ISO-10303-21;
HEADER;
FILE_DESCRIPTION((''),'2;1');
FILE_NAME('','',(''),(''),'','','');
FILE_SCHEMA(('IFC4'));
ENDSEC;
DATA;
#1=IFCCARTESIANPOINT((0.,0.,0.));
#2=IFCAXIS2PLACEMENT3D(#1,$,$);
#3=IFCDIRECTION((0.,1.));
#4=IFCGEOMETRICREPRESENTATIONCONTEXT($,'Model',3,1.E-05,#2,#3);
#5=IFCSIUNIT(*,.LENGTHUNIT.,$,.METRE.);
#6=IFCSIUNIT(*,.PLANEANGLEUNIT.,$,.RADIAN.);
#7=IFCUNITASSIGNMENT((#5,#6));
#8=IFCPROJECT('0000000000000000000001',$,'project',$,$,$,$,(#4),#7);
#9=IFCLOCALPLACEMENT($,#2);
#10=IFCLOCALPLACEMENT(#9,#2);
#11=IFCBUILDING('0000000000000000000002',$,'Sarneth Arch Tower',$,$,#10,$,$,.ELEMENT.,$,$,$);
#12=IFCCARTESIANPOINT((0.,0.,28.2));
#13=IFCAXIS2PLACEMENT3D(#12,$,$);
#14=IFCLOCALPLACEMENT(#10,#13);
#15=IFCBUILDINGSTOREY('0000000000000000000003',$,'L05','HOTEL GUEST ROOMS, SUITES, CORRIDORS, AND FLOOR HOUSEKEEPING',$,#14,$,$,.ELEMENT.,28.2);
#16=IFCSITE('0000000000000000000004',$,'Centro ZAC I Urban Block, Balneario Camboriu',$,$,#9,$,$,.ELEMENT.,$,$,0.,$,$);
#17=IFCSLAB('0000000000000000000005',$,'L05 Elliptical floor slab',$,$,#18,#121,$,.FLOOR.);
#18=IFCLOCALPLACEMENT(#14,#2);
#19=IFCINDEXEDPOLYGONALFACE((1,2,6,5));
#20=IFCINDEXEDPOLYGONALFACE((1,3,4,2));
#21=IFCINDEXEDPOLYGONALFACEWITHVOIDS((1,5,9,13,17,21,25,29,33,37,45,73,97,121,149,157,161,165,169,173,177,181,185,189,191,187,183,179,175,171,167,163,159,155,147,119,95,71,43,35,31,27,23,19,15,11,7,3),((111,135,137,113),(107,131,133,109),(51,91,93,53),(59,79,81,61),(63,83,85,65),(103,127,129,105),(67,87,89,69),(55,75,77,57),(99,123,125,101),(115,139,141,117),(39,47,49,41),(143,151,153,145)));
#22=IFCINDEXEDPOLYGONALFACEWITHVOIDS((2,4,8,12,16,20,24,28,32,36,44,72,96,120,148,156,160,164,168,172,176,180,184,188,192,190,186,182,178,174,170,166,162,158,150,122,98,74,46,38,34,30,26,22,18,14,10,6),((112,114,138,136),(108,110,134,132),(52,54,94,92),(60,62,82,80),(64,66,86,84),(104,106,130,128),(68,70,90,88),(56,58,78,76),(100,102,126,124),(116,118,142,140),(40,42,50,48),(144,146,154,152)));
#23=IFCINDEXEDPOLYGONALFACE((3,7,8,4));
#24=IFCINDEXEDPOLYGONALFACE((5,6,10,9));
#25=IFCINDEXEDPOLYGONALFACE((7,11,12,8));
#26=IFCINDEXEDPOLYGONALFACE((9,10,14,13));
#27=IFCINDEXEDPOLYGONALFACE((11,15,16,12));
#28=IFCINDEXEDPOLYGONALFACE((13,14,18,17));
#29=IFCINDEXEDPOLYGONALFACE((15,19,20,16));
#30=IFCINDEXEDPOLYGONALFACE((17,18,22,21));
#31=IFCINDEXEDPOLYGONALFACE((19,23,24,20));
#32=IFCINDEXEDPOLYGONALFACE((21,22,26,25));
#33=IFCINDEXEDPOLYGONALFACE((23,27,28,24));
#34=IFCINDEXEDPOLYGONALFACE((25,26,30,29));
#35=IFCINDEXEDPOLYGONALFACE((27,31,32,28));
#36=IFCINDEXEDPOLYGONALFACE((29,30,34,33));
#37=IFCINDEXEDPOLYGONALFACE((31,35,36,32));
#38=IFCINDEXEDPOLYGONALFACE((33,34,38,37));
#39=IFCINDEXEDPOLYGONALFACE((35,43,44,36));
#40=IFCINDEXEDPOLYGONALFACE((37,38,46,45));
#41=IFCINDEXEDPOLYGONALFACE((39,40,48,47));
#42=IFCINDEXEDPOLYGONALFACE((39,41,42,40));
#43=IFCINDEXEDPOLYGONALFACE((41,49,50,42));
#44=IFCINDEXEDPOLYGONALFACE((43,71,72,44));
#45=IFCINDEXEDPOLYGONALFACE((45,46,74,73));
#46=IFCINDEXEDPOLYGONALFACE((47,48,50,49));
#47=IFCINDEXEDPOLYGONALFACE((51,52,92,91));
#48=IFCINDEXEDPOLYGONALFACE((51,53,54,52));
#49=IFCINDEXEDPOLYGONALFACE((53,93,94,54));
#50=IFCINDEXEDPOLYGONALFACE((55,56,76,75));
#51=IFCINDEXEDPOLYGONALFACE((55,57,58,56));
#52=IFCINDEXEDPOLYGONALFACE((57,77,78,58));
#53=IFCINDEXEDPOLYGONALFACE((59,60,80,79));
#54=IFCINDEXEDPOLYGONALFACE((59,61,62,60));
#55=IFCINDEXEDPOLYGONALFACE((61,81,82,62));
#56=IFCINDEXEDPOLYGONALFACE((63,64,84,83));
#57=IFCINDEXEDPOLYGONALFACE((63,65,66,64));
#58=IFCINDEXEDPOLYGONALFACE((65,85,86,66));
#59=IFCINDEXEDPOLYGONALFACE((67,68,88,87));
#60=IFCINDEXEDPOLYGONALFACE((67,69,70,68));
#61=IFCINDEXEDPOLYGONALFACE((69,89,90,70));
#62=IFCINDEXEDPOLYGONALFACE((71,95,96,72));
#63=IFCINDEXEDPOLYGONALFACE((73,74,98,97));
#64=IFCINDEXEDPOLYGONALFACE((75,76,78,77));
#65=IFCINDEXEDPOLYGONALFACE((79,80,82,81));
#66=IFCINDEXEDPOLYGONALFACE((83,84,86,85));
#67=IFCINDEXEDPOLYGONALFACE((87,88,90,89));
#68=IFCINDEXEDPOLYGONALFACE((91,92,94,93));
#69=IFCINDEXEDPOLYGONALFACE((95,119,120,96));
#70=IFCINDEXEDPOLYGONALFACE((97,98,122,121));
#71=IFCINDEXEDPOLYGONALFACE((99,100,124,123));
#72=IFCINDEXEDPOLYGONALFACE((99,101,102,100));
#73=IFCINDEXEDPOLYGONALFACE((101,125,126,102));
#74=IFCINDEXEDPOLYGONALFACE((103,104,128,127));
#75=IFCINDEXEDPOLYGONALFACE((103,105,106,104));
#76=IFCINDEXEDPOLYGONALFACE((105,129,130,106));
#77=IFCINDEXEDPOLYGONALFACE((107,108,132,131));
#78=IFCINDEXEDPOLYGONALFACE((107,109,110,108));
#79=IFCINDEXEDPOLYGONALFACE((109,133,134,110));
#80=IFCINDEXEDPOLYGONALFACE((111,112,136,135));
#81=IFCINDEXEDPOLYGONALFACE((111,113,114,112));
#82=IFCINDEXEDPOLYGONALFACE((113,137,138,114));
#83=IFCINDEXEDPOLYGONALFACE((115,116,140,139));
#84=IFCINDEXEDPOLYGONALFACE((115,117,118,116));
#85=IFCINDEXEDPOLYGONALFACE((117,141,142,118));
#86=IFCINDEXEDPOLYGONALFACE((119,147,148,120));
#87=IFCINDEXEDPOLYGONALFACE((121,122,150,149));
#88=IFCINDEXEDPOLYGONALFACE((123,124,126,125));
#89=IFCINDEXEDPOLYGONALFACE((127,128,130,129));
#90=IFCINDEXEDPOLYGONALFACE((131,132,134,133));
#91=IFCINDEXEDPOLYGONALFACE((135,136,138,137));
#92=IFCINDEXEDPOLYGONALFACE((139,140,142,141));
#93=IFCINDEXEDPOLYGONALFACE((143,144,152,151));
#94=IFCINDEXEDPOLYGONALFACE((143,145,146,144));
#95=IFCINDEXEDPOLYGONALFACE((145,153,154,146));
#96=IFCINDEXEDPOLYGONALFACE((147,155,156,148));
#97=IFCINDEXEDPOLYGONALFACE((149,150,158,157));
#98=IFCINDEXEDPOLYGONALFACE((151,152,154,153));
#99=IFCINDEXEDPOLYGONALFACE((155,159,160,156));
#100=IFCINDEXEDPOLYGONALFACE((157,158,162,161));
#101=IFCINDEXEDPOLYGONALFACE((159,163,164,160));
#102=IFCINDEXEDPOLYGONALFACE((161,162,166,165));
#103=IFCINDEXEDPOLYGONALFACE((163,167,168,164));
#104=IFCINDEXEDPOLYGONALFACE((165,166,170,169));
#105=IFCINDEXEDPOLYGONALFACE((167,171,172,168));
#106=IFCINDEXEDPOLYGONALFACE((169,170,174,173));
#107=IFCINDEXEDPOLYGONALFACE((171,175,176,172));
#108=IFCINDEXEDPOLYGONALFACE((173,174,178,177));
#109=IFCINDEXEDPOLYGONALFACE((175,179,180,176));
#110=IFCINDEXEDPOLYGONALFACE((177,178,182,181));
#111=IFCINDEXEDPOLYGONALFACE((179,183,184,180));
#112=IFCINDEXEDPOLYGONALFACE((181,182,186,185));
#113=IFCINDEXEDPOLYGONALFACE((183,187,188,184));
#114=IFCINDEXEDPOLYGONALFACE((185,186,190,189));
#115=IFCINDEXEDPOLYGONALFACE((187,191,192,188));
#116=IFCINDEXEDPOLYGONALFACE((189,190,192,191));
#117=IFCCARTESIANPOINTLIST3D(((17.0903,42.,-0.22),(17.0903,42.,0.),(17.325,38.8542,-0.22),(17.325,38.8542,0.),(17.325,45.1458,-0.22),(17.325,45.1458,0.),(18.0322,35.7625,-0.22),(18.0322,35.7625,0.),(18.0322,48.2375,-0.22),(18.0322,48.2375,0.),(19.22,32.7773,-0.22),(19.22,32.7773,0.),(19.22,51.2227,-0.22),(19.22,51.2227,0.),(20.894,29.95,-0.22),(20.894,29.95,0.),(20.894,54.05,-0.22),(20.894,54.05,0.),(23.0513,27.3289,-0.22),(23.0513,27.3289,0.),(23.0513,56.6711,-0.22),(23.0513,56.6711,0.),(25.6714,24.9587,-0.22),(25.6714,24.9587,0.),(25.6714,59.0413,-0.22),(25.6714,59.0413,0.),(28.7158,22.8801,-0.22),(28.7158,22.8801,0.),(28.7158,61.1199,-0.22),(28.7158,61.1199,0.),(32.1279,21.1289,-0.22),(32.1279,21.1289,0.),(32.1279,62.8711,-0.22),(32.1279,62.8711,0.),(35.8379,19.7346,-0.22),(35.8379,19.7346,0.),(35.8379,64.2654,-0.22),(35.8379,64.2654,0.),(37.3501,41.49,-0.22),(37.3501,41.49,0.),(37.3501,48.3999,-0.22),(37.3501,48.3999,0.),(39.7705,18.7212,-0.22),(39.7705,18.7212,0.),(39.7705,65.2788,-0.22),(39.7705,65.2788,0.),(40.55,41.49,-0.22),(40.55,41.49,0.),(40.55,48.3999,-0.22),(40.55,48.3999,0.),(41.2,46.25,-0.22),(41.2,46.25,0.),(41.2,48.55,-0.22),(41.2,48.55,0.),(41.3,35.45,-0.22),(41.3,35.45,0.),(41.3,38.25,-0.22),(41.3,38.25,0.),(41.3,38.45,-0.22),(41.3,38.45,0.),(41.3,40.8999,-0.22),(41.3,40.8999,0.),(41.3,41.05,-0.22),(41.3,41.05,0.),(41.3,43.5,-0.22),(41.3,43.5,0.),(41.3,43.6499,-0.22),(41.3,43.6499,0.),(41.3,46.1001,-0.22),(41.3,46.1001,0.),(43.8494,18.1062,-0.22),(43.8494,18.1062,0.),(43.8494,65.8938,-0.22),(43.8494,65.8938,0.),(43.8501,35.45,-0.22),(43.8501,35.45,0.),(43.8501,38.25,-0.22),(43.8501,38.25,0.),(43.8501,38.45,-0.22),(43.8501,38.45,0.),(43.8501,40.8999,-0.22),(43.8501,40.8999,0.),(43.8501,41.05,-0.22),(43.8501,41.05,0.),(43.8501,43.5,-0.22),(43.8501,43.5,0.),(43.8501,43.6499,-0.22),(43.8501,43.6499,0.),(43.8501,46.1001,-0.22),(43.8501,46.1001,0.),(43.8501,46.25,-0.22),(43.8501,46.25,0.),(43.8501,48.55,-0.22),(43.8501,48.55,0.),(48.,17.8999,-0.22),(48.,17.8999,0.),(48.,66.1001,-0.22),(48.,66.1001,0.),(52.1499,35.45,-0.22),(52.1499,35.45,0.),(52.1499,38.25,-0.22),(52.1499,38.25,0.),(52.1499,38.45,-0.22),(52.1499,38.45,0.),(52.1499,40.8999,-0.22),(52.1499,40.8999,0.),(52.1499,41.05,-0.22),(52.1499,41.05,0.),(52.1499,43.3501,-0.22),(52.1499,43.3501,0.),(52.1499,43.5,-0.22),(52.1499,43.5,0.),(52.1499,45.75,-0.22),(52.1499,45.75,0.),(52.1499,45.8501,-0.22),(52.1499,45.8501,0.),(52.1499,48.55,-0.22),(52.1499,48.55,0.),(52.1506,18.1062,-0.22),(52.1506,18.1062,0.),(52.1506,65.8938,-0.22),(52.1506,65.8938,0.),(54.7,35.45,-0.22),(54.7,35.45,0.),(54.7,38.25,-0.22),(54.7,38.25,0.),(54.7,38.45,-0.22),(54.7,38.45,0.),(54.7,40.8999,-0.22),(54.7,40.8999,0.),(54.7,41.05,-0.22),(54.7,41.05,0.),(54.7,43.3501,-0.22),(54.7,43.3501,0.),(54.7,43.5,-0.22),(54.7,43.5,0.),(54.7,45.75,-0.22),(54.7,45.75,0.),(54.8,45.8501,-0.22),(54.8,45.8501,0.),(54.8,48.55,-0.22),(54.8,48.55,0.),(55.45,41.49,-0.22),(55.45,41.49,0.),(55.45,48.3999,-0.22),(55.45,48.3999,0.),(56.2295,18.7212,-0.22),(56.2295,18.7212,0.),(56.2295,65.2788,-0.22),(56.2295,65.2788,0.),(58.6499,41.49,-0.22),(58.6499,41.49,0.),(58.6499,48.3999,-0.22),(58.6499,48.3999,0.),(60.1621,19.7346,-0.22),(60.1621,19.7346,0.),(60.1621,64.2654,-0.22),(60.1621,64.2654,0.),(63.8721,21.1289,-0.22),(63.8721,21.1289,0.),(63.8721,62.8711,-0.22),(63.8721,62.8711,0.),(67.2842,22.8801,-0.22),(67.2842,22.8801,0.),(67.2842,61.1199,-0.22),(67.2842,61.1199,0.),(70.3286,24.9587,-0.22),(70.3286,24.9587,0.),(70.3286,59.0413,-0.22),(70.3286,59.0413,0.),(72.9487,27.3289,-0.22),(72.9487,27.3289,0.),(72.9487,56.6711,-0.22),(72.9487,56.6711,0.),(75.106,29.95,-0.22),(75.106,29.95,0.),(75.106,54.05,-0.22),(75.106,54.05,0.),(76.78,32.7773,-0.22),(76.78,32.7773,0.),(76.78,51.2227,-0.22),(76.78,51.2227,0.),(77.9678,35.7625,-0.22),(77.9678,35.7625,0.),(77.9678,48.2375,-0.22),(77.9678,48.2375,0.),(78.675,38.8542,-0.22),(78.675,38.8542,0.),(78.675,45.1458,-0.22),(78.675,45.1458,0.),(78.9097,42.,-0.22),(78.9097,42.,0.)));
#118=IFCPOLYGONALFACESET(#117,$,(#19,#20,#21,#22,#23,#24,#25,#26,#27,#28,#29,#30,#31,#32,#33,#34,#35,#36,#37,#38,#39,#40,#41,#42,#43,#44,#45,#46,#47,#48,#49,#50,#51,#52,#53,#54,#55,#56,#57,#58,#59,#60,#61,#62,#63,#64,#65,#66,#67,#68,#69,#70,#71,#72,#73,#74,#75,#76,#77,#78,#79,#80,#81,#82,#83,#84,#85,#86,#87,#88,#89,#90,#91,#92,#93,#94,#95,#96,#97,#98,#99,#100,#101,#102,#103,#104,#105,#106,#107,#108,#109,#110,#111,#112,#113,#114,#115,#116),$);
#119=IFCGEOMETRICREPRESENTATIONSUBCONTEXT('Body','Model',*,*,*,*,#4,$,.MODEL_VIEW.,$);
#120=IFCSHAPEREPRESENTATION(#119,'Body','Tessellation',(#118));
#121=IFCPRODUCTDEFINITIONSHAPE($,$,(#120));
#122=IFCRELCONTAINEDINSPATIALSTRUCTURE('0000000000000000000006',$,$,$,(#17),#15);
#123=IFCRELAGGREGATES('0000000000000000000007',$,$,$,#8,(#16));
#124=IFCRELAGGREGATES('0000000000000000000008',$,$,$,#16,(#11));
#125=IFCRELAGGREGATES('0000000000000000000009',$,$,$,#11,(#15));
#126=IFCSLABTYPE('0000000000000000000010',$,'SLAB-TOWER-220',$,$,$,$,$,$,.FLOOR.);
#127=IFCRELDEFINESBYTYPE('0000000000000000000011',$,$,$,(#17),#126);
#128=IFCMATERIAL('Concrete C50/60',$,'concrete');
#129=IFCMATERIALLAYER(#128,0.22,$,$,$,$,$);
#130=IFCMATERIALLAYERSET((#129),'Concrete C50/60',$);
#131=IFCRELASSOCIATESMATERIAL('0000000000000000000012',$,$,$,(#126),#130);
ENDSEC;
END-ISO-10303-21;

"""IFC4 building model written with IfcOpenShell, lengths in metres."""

from ifc_helpers import new_model, si_unit, direction, frame, origin, place, context, subcontext, project, spatial, polyline, outline, extrude, material, layer, layer_set, type_object, element, save


model = new_model("IFC4")

# Units and contexts
model_context = context("Model", 3, precision=1e-05, world=origin(), true_north=direction((0.0, 1.0)))
body_context = subcontext(model_context, "Body", "Model", "MODEL_VIEW")
ifc_project = project(units=[si_unit("LENGTHUNIT", "METRE"), si_unit("PLANEANGLEUNIT", "RADIAN")], contexts=[model_context])

# Site, building, storey
site_placement = place(None, origin())
site = spatial("IfcSite", under=ifc_project, at=site_placement, Name="Centro ZAC I Urban Block, Balneario Camboriu", CompositionType="ELEMENT", RefElevation=0.0)
building_placement = place(site_placement, origin())
building = spatial("IfcBuilding", under=site, at=building_placement, Name="Sarneth Arch Tower", CompositionType="ELEMENT")
storey_placement = place(building_placement, frame((0.0, 0.0, 28.2)))
storey = spatial("IfcBuildingStorey", under=building, at=storey_placement, Name="L05", Description="HOTEL GUEST ROOMS, SUITES, CORRIDORS, AND FLOOR HOUSEKEEPING", CompositionType="ELEMENT", Elevation=28.2)

# Slab
ifc_material_1 = material(Name="Concrete C50/60", Category="concrete")
ifc_layer_1 = layer(ifc_material_1, 0.22)
ifc_layer_set_1 = layer_set([ifc_layer_1], Name="Concrete C50/60")
slab_type_1 = type_object("IfcSlabType", Name="SLAB-TOWER-220", PredefinedType="FLOOR", material=ifc_layer_set_1)
slab_1_placement = place(storey_placement, frame((0.0, 0.0, -0.22)))
element("IfcSlab", 1, at=slab_1_placement, inside=storey, type_object=slab_type_1, Name="L05 Elliptical floor slab", PredefinedType="FLOOR", context=body_context, shape_type="SweptSolid", body=[
    extrude(outline(polyline([(78.9097, 42.0), (78.675, 45.1458), (77.9678, 48.2375), (76.78, 51.2227), (75.106, 54.05), (72.9487, 56.6711), (70.3286, 59.0413), (67.2842, 61.1199), (63.8721, 62.8711), (60.1621, 64.2654), (56.2295, 65.2788), (52.1506, 65.8938), (48.0, 66.1001), (43.8494, 65.8938), (39.7705, 65.2788), (35.8379, 64.2654), (32.1279, 62.8711), (28.7158, 61.1199), (25.6714, 59.0413), (23.0513, 56.6711), (20.894, 54.05), (19.22, 51.2227), (18.0322, 48.2375), (17.325, 45.1458), (17.0903, 42.0), (17.325, 38.8542), (18.0322, 35.7625), (19.22, 32.7773), (20.894, 29.95), (23.0513, 27.3289), (25.6714, 24.9587), (28.7158, 22.8801), (32.1279, 21.1289), (35.8379, 19.7346), (39.7705, 18.7212), (43.8494, 18.1062), (48.0, 17.8999), (52.1506, 18.1062), (56.2295, 18.7212), (60.1621, 19.7346), (63.8721, 21.1289), (67.2842, 22.8801), (70.3286, 24.9587), (72.9487, 27.3289), (75.106, 29.95), (76.78, 32.7773), (77.9678, 35.7625), (78.675, 38.8542), (78.9097, 42.0)]), holes=[polyline([(37.3501, 41.49), (40.55, 41.49), (40.55, 48.3999), (37.3501, 48.3999), (37.3501, 41.49)]), polyline([(55.45, 41.49), (58.6499, 41.49), (58.6499, 48.3999), (55.45, 48.3999), (55.45, 41.49)]), polyline([(41.2, 46.25), (43.8501, 46.25), (43.8501, 48.55), (41.2, 48.55), (41.2, 46.25)]), polyline([(41.3, 35.45), (43.8501, 35.45), (43.8501, 38.25), (41.3, 38.25), (41.3, 35.45)]), polyline([(52.1499, 35.45), (54.7, 35.45), (54.7, 38.25), (52.1499, 38.25), (52.1499, 35.45)]), polyline([(52.1499, 45.8501), (54.8, 45.8501), (54.8, 48.55), (52.1499, 48.55), (52.1499, 45.8501)]), polyline([(41.3, 38.45), (43.8501, 38.45), (43.8501, 40.8999), (41.3, 40.8999), (41.3, 38.45)]), polyline([(41.3, 41.05), (43.8501, 41.05), (43.8501, 43.5), (41.3, 43.5), (41.3, 41.05)]), polyline([(41.3, 43.6499), (43.8501, 43.6499), (43.8501, 46.1001), (41.3, 46.1001), (41.3, 43.6499)]), polyline([(52.1499, 38.45), (54.7, 38.45), (54.7, 40.8999), (52.1499, 40.8999), (52.1499, 38.45)]), polyline([(52.1499, 41.05), (54.7, 41.05), (54.7, 43.3501), (52.1499, 43.3501), (52.1499, 41.05)]), polyline([(52.1499, 43.5), (54.7, 43.5), (54.7, 45.75), (52.1499, 45.75), (52.1499, 43.5)])]), origin(), (0.0, 0.0, 1.0), 0.22),
])

save(model, "model.ifc")
